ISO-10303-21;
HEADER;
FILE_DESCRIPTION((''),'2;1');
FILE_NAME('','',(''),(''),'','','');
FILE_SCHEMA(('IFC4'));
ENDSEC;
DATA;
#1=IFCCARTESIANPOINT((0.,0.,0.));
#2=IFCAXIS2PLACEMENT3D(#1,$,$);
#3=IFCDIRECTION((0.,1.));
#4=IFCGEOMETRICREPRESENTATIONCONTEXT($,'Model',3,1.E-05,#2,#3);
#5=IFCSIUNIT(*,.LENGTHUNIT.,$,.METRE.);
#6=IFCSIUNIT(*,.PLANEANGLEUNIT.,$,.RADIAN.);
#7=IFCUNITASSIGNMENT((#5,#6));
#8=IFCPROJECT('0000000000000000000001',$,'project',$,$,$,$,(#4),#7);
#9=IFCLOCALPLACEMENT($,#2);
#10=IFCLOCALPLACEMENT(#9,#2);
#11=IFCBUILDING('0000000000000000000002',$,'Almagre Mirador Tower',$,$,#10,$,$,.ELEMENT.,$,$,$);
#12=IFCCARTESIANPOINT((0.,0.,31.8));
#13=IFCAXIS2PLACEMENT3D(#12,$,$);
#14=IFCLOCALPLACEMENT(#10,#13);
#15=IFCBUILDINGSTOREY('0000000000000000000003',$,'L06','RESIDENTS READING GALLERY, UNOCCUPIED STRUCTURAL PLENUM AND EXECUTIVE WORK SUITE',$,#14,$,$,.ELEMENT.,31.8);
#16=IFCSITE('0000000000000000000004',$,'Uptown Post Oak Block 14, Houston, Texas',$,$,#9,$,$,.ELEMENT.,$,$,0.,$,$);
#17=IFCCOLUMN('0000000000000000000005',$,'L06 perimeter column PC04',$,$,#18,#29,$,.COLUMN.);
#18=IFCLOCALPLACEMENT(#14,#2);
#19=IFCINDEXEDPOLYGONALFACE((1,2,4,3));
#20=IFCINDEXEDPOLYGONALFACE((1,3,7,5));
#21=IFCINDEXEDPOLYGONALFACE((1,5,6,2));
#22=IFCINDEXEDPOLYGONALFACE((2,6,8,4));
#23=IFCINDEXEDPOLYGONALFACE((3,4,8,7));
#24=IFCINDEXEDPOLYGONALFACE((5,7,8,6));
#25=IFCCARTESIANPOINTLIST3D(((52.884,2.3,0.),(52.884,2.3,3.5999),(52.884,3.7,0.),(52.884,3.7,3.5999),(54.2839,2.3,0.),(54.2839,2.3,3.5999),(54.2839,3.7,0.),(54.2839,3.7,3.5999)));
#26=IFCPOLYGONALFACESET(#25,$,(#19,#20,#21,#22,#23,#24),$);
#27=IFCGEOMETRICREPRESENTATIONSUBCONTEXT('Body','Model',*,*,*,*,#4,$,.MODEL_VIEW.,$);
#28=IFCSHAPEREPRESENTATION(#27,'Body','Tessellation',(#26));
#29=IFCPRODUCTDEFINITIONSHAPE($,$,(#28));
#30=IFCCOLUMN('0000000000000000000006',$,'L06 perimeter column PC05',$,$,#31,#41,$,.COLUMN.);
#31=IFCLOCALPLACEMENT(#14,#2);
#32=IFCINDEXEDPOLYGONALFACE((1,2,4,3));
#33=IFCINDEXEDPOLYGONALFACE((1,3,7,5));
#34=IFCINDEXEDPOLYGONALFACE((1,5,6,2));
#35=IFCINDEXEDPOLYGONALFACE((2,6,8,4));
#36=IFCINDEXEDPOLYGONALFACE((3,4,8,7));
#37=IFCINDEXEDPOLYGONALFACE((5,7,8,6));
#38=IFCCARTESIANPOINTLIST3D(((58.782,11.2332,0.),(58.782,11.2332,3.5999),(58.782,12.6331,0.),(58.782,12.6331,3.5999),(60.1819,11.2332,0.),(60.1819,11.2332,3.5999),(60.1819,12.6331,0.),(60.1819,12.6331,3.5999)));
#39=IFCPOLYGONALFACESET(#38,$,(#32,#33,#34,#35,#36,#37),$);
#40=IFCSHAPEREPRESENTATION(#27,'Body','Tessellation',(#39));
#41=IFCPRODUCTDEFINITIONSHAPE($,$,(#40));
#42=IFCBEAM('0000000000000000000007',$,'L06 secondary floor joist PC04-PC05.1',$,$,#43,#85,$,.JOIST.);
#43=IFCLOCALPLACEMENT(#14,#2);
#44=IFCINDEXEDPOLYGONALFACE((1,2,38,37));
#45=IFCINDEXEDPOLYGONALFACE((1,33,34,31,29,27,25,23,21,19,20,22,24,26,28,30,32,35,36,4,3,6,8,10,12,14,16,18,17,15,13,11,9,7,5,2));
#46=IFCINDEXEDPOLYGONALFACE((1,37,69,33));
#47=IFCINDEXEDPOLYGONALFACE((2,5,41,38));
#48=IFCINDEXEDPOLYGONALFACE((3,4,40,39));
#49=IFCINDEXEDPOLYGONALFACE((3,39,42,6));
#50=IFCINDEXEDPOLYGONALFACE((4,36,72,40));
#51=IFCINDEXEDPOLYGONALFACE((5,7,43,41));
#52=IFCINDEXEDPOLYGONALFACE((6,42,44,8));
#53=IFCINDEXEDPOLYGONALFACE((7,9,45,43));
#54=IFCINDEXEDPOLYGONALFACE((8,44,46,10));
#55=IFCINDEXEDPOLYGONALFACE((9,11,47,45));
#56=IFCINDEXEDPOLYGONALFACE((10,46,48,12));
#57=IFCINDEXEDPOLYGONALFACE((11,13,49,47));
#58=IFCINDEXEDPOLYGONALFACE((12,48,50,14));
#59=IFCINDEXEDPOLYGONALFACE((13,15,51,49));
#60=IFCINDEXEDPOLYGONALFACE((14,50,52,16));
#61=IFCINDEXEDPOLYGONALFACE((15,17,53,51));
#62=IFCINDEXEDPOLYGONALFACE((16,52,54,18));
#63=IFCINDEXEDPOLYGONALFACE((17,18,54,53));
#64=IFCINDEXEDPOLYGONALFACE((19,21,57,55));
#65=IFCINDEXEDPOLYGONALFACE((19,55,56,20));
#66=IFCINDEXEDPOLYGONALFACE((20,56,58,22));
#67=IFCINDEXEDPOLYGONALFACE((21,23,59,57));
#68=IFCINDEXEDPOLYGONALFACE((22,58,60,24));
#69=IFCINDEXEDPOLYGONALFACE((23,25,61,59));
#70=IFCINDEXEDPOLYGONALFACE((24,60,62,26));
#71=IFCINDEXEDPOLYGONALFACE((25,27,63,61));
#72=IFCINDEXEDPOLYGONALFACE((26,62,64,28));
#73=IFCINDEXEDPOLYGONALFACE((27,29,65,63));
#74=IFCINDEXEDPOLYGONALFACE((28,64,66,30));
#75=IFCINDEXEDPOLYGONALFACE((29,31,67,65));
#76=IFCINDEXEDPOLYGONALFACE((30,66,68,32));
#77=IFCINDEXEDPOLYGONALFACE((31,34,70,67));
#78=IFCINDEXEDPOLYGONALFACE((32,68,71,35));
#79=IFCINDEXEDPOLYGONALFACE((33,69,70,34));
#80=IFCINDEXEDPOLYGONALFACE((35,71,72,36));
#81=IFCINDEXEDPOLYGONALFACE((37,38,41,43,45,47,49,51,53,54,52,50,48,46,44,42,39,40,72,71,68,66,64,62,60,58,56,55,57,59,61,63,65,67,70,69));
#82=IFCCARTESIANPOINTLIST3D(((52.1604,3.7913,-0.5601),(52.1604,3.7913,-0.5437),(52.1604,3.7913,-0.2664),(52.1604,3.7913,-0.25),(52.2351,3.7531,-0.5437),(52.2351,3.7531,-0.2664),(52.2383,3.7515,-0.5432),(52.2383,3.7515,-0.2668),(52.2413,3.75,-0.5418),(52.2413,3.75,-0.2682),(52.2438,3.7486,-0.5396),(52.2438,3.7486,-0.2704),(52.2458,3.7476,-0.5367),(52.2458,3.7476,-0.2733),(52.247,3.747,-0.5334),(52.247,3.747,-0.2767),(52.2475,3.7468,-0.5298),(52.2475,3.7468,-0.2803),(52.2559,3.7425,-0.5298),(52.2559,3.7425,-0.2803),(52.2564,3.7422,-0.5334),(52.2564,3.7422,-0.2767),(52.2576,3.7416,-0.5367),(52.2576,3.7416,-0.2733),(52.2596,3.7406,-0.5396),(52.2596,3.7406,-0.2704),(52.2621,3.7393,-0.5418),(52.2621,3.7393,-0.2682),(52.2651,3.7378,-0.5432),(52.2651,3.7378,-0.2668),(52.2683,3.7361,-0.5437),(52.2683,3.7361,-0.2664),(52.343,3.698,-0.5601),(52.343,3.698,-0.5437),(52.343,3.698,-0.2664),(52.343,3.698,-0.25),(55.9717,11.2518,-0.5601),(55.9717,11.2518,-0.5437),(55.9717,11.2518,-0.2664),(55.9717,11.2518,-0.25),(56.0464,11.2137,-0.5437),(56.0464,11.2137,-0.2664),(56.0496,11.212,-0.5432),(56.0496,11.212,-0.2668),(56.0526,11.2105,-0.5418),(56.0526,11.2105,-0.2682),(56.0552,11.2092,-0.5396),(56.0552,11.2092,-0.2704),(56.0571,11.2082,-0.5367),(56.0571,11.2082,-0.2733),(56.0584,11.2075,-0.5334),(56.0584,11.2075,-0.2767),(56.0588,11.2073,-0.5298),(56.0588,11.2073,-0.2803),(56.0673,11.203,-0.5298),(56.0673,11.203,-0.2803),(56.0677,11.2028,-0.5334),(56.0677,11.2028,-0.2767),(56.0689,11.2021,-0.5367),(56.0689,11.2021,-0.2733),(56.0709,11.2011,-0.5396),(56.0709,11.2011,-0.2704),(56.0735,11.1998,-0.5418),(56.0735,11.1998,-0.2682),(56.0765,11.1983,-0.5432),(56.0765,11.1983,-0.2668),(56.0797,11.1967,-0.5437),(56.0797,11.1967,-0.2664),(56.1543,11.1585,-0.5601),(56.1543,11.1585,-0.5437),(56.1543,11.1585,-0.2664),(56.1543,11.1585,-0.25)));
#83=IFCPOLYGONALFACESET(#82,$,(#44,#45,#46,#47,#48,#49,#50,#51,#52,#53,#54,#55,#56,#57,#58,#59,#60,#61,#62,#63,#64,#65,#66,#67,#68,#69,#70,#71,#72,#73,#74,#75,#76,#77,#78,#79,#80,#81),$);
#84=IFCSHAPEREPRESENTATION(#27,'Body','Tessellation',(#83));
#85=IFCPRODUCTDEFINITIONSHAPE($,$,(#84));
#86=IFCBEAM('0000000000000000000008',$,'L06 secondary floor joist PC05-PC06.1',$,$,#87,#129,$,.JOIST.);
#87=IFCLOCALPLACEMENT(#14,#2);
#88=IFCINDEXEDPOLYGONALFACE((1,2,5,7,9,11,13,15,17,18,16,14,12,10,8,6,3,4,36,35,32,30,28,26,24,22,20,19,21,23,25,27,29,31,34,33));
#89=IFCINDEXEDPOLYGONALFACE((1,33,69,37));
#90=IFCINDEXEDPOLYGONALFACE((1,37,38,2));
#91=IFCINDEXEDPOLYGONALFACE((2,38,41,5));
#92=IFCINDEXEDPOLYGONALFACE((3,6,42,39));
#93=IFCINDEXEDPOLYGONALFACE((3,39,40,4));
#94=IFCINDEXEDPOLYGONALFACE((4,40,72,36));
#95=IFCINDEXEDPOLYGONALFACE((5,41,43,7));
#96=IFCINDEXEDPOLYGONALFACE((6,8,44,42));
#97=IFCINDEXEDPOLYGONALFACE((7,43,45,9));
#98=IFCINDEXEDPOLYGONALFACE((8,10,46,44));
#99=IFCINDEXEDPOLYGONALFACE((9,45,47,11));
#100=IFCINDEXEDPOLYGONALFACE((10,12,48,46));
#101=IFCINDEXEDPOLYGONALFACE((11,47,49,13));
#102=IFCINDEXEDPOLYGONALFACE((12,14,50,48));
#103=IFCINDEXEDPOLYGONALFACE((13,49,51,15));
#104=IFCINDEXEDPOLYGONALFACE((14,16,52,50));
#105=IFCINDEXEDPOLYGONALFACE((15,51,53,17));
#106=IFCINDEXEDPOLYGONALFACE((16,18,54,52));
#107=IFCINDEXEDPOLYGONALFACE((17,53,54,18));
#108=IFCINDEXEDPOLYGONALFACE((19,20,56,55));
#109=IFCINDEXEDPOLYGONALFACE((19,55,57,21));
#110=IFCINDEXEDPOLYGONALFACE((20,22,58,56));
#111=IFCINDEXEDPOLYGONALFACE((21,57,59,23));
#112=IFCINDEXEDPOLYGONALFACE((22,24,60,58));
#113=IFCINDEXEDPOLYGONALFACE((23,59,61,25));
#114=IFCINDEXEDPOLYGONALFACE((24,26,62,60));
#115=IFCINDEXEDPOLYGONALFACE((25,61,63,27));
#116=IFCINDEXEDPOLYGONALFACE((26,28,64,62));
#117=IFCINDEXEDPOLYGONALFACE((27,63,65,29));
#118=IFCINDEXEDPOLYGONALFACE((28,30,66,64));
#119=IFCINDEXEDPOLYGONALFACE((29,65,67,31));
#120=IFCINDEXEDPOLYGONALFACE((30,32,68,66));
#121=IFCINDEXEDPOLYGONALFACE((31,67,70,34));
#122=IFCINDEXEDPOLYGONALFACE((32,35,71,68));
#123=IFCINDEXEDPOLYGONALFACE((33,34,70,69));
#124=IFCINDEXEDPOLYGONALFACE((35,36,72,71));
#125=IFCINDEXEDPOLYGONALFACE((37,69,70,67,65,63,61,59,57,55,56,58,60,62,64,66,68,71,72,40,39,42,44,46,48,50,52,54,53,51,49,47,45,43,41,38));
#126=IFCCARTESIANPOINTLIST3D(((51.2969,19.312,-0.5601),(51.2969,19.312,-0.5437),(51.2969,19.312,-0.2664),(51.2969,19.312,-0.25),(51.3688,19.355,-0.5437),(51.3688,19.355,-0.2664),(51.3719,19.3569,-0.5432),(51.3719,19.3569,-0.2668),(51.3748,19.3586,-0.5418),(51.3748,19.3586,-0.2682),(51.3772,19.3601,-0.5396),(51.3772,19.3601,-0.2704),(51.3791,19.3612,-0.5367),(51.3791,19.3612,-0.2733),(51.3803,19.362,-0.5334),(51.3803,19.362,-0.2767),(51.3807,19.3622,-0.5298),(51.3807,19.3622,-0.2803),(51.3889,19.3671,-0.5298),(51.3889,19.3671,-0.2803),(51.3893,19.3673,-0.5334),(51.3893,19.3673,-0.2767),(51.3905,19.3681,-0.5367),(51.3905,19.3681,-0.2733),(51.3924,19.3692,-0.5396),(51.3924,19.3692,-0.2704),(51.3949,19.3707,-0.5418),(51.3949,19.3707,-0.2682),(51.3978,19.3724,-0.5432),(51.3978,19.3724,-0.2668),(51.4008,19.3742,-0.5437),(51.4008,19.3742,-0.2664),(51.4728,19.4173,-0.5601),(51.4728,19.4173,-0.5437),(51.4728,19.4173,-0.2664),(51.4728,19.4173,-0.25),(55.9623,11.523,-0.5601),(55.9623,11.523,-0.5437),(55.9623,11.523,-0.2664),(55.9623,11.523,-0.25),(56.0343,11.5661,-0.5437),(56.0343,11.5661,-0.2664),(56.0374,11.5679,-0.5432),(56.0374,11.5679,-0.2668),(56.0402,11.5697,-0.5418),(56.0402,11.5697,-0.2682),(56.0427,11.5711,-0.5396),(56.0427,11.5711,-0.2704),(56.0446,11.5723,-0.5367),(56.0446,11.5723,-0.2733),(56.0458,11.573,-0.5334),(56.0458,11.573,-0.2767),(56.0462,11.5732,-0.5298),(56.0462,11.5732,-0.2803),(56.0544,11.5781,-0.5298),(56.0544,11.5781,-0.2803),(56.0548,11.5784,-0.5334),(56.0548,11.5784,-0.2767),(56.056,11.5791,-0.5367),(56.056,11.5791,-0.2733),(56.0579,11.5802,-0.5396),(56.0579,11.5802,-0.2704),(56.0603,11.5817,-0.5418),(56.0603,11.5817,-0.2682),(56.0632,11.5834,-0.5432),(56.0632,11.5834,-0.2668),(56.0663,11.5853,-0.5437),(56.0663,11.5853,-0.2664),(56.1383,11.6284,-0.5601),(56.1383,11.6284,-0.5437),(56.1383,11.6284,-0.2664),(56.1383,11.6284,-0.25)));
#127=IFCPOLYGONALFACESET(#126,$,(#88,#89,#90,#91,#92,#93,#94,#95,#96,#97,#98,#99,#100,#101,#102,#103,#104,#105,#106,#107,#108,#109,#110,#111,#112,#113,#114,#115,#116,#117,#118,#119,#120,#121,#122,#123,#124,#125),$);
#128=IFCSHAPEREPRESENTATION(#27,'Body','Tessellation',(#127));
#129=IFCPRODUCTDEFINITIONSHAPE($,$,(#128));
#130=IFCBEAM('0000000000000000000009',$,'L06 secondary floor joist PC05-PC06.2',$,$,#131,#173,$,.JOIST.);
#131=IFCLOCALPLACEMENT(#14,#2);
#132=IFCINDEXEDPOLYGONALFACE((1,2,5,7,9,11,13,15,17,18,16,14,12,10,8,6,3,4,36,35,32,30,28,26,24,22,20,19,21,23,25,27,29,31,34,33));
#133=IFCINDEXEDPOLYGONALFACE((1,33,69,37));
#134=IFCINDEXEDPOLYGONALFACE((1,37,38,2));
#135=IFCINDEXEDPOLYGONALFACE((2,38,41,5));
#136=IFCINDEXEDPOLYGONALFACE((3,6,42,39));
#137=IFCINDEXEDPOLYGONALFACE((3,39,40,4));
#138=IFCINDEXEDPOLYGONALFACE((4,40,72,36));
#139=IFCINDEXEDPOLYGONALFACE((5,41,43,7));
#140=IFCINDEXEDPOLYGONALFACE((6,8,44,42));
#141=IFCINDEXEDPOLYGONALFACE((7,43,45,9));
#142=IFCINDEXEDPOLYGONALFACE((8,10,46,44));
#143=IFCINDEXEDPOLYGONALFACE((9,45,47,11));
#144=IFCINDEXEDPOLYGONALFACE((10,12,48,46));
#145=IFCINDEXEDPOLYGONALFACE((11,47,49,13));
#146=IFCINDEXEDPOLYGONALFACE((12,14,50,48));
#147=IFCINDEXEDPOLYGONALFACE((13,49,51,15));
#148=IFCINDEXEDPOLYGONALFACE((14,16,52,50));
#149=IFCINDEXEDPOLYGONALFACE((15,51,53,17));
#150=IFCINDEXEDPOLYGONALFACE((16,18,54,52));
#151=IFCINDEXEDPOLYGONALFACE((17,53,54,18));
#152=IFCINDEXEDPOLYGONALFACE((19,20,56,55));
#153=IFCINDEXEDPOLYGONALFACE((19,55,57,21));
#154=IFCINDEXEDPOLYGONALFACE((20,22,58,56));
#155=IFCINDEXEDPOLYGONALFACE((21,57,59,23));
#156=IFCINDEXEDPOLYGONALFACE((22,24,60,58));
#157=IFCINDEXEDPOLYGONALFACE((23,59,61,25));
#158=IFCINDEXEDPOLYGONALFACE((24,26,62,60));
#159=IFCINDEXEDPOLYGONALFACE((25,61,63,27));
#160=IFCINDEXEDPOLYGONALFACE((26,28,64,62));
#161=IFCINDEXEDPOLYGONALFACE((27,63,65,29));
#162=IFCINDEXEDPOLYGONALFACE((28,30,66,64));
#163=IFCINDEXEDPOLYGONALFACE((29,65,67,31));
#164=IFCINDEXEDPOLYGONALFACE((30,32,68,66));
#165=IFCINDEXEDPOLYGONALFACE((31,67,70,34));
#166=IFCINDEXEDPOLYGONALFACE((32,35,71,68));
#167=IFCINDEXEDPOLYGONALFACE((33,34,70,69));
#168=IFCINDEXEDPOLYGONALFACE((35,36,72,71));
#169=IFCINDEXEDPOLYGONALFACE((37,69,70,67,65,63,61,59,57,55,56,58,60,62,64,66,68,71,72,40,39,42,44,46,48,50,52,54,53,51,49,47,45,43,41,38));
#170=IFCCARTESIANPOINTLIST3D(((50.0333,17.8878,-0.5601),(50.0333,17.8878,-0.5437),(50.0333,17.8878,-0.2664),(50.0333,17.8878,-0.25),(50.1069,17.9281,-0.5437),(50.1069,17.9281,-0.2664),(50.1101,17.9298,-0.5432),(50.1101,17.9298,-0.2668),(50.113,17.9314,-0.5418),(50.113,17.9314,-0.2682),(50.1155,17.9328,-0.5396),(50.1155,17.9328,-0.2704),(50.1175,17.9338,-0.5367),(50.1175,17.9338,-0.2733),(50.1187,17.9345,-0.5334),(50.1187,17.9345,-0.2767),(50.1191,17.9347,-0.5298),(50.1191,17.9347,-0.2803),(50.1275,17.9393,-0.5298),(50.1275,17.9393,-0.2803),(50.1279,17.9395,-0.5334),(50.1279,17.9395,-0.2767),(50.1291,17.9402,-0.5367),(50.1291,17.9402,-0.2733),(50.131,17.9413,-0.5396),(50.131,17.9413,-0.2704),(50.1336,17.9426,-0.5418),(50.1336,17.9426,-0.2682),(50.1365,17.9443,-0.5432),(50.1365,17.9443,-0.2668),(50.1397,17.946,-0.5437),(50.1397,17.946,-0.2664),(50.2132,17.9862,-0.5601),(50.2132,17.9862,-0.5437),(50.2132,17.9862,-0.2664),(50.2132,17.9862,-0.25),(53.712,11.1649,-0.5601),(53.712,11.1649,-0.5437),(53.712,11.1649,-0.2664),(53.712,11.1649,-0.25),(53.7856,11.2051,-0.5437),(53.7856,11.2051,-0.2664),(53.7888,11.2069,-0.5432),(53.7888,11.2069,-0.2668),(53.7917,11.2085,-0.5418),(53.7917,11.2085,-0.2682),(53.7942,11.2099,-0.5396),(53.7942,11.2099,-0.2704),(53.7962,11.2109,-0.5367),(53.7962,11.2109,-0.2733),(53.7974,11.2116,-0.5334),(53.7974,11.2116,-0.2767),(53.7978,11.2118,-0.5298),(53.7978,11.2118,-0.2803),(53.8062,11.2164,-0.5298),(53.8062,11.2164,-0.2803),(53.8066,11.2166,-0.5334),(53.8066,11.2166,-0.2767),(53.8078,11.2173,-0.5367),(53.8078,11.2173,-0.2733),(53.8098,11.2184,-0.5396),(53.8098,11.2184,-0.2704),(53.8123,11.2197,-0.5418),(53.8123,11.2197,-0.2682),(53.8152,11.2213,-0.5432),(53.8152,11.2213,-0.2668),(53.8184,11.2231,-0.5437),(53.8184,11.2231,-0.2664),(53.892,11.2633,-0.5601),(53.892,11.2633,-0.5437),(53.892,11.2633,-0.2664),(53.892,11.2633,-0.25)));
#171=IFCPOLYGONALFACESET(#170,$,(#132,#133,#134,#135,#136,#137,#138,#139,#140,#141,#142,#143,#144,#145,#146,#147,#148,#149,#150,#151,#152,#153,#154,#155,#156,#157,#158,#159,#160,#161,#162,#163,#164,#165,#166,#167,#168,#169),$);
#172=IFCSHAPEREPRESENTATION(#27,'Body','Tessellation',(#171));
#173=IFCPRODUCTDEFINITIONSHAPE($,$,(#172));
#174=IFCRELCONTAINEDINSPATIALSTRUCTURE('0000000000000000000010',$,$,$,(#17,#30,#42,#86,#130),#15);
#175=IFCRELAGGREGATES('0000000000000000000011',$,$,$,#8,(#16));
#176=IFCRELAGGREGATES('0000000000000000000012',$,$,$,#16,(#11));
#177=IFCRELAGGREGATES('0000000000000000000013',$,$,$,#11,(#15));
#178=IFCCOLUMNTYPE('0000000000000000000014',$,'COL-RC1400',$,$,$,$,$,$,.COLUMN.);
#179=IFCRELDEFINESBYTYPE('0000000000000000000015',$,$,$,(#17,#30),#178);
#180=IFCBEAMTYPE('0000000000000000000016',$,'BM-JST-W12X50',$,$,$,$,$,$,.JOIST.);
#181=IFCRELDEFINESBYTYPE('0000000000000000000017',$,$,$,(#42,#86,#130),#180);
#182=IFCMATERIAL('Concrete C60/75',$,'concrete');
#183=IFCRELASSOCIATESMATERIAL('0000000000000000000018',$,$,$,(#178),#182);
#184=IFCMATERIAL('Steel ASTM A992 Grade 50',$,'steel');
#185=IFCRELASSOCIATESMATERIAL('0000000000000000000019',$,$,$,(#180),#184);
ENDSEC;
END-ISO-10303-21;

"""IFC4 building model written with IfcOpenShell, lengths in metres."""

from ifc_helpers import new_model, si_unit, direction, frame, origin, origin_2d, place, context, subcontext, project, spatial, rectangle, i_section, extrude, material, material_profile, profile_set, type_object, element, save


model = new_model("IFC4")

# Units and contexts
model_context = context("Model", 3, precision=1e-05, world=origin(), true_north=direction((0.0, 1.0)))
body_context = subcontext(model_context, "Body", "Model", "MODEL_VIEW")
ifc_project = project(units=[si_unit("LENGTHUNIT", "METRE"), si_unit("PLANEANGLEUNIT", "RADIAN")], contexts=[model_context])

# Site, building, storey
site_placement = place(None, origin())
site = spatial("IfcSite", under=ifc_project, at=site_placement, Name="Uptown Post Oak Block 14, Houston, Texas", CompositionType="ELEMENT", RefElevation=0.0)
building_placement = place(site_placement, origin())
building = spatial("IfcBuilding", under=site, at=building_placement, Name="Almagre Mirador Tower", CompositionType="ELEMENT")
storey_placement = place(building_placement, frame((0.0, 0.0, 31.8)))
storey = spatial("IfcBuildingStorey", under=building, at=storey_placement, Name="L06", Description="RESIDENTS READING GALLERY, UNOCCUPIED STRUCTURAL PLENUM AND EXECUTIVE WORK SUITE", CompositionType="ELEMENT", Elevation=31.8)

# Columns
ifc_material_1 = material(Name="Concrete C60/75", Category="concrete")
ifc_material_profile_1 = material_profile(ifc_material_1, rectangle(XDim=1.3999, YDim=1.3999, at=origin_2d()), Name="RC1400X1400")
ifc_profile_set_1 = profile_set([ifc_material_profile_1], Name="Concrete C60/75")
column_type = type_object("IfcColumnType", Name="COL-RC1400", PredefinedType="COLUMN", material=ifc_profile_set_1)
for number, where, z_axis, x_axis, name in (
    (1, (53.584, 3.0, 0.0), (0.0, 0.0, 1.0), (1.0, 0.0, 0.0), "L06 perimeter column PC04"),
    (2, (59.4819, 11.9331, 0.0), (0.0, 0.0, 1.0), (1.0, 0.0, 0.0), "L06 perimeter column PC05"),
):
    element("IfcColumn", number, at=place(storey_placement, frame(where, z_axis=z_axis, x_axis=x_axis)), inside=storey, type_object=column_type, Name=name, PredefinedType="COLUMN", context=body_context, shape_type="SweptSolid", body=[
        extrude(rectangle(XDim=1.3999, YDim=1.3999, at=origin_2d()), origin(), (0.0, 0.0, 1.0), 3.5999),
    ])

# Beams
ifc_material_2 = material(Name="Steel ASTM A992 Grade 50", Category="steel")
ifc_material_profile_2 = material_profile(ifc_material_2, i_section(OverallWidth=0.2051, OverallDepth=0.3101, WebThickness=0.0095, FlangeThickness=0.0164, FilletRadius=0.0139, at=origin_2d()), Name="W12X50")
ifc_profile_set_2 = profile_set([ifc_material_profile_2], Name="Steel ASTM A992 Grade 50")
beam_type_1 = type_object("IfcBeamType", Name="BM-JST-W12X50", PredefinedType="JOIST", material=ifc_profile_set_2)
beam_1_placement = place(storey_placement, frame((52.2517, 3.7446, -0.405), z_axis=(0.454937, 0.890524, 0.0), x_axis=(-0.890524, 0.454937, 0.0)))
element("IfcBeam", 3, at=beam_1_placement, inside=storey, type_object=beam_type_1, Name="L06 secondary floor joist PC04-PC05.1", PredefinedType="JOIST", context=body_context, shape_type="SweptSolid", body=[
    extrude(i_section(OverallWidth=0.2051, OverallDepth=0.3101, WebThickness=0.0095, FlangeThickness=0.0164, FilletRadius=0.0139, at=origin_2d()), origin(), (0.0, 0.0, 1.0), 8.3777),
])
beam_2_placement = place(storey_placement, frame((56.0503, 11.5757, -0.405), z_axis=(-0.513855, 0.857877, 0.0), x_axis=(-0.857877, -0.513855, 0.0)))
element("IfcBeam", 4, at=beam_2_placement, inside=storey, type_object=beam_type_1, Name="L06 secondary floor joist PC05-PC06.1", PredefinedType="JOIST", context=body_context, shape_type="SweptSolid", body=[
    extrude(i_section(OverallWidth=0.2051, OverallDepth=0.3101, WebThickness=0.0095, FlangeThickness=0.0164, FilletRadius=0.0139, at=origin_2d()), origin(), (0.0, 0.0, 1.0), 9.0793),
])
beam_3_placement = place(storey_placement, frame((53.802, 11.2141, -0.405), z_axis=(-0.480026, 0.877254, 0.0), x_axis=(-0.877254, -0.480026, 0.0)))
element("IfcBeam", 5, at=beam_3_placement, inside=storey, type_object=beam_type_1, Name="L06 secondary floor joist PC05-PC06.2", PredefinedType="JOIST", context=body_context, shape_type="SweptSolid", body=[
    extrude(i_section(OverallWidth=0.2051, OverallDepth=0.3101, WebThickness=0.0095, FlangeThickness=0.0164, FilletRadius=0.0139, at=origin_2d()), origin(), (0.0, 0.0, 1.0), 7.6636),
])

save(model, "model.ifc")
